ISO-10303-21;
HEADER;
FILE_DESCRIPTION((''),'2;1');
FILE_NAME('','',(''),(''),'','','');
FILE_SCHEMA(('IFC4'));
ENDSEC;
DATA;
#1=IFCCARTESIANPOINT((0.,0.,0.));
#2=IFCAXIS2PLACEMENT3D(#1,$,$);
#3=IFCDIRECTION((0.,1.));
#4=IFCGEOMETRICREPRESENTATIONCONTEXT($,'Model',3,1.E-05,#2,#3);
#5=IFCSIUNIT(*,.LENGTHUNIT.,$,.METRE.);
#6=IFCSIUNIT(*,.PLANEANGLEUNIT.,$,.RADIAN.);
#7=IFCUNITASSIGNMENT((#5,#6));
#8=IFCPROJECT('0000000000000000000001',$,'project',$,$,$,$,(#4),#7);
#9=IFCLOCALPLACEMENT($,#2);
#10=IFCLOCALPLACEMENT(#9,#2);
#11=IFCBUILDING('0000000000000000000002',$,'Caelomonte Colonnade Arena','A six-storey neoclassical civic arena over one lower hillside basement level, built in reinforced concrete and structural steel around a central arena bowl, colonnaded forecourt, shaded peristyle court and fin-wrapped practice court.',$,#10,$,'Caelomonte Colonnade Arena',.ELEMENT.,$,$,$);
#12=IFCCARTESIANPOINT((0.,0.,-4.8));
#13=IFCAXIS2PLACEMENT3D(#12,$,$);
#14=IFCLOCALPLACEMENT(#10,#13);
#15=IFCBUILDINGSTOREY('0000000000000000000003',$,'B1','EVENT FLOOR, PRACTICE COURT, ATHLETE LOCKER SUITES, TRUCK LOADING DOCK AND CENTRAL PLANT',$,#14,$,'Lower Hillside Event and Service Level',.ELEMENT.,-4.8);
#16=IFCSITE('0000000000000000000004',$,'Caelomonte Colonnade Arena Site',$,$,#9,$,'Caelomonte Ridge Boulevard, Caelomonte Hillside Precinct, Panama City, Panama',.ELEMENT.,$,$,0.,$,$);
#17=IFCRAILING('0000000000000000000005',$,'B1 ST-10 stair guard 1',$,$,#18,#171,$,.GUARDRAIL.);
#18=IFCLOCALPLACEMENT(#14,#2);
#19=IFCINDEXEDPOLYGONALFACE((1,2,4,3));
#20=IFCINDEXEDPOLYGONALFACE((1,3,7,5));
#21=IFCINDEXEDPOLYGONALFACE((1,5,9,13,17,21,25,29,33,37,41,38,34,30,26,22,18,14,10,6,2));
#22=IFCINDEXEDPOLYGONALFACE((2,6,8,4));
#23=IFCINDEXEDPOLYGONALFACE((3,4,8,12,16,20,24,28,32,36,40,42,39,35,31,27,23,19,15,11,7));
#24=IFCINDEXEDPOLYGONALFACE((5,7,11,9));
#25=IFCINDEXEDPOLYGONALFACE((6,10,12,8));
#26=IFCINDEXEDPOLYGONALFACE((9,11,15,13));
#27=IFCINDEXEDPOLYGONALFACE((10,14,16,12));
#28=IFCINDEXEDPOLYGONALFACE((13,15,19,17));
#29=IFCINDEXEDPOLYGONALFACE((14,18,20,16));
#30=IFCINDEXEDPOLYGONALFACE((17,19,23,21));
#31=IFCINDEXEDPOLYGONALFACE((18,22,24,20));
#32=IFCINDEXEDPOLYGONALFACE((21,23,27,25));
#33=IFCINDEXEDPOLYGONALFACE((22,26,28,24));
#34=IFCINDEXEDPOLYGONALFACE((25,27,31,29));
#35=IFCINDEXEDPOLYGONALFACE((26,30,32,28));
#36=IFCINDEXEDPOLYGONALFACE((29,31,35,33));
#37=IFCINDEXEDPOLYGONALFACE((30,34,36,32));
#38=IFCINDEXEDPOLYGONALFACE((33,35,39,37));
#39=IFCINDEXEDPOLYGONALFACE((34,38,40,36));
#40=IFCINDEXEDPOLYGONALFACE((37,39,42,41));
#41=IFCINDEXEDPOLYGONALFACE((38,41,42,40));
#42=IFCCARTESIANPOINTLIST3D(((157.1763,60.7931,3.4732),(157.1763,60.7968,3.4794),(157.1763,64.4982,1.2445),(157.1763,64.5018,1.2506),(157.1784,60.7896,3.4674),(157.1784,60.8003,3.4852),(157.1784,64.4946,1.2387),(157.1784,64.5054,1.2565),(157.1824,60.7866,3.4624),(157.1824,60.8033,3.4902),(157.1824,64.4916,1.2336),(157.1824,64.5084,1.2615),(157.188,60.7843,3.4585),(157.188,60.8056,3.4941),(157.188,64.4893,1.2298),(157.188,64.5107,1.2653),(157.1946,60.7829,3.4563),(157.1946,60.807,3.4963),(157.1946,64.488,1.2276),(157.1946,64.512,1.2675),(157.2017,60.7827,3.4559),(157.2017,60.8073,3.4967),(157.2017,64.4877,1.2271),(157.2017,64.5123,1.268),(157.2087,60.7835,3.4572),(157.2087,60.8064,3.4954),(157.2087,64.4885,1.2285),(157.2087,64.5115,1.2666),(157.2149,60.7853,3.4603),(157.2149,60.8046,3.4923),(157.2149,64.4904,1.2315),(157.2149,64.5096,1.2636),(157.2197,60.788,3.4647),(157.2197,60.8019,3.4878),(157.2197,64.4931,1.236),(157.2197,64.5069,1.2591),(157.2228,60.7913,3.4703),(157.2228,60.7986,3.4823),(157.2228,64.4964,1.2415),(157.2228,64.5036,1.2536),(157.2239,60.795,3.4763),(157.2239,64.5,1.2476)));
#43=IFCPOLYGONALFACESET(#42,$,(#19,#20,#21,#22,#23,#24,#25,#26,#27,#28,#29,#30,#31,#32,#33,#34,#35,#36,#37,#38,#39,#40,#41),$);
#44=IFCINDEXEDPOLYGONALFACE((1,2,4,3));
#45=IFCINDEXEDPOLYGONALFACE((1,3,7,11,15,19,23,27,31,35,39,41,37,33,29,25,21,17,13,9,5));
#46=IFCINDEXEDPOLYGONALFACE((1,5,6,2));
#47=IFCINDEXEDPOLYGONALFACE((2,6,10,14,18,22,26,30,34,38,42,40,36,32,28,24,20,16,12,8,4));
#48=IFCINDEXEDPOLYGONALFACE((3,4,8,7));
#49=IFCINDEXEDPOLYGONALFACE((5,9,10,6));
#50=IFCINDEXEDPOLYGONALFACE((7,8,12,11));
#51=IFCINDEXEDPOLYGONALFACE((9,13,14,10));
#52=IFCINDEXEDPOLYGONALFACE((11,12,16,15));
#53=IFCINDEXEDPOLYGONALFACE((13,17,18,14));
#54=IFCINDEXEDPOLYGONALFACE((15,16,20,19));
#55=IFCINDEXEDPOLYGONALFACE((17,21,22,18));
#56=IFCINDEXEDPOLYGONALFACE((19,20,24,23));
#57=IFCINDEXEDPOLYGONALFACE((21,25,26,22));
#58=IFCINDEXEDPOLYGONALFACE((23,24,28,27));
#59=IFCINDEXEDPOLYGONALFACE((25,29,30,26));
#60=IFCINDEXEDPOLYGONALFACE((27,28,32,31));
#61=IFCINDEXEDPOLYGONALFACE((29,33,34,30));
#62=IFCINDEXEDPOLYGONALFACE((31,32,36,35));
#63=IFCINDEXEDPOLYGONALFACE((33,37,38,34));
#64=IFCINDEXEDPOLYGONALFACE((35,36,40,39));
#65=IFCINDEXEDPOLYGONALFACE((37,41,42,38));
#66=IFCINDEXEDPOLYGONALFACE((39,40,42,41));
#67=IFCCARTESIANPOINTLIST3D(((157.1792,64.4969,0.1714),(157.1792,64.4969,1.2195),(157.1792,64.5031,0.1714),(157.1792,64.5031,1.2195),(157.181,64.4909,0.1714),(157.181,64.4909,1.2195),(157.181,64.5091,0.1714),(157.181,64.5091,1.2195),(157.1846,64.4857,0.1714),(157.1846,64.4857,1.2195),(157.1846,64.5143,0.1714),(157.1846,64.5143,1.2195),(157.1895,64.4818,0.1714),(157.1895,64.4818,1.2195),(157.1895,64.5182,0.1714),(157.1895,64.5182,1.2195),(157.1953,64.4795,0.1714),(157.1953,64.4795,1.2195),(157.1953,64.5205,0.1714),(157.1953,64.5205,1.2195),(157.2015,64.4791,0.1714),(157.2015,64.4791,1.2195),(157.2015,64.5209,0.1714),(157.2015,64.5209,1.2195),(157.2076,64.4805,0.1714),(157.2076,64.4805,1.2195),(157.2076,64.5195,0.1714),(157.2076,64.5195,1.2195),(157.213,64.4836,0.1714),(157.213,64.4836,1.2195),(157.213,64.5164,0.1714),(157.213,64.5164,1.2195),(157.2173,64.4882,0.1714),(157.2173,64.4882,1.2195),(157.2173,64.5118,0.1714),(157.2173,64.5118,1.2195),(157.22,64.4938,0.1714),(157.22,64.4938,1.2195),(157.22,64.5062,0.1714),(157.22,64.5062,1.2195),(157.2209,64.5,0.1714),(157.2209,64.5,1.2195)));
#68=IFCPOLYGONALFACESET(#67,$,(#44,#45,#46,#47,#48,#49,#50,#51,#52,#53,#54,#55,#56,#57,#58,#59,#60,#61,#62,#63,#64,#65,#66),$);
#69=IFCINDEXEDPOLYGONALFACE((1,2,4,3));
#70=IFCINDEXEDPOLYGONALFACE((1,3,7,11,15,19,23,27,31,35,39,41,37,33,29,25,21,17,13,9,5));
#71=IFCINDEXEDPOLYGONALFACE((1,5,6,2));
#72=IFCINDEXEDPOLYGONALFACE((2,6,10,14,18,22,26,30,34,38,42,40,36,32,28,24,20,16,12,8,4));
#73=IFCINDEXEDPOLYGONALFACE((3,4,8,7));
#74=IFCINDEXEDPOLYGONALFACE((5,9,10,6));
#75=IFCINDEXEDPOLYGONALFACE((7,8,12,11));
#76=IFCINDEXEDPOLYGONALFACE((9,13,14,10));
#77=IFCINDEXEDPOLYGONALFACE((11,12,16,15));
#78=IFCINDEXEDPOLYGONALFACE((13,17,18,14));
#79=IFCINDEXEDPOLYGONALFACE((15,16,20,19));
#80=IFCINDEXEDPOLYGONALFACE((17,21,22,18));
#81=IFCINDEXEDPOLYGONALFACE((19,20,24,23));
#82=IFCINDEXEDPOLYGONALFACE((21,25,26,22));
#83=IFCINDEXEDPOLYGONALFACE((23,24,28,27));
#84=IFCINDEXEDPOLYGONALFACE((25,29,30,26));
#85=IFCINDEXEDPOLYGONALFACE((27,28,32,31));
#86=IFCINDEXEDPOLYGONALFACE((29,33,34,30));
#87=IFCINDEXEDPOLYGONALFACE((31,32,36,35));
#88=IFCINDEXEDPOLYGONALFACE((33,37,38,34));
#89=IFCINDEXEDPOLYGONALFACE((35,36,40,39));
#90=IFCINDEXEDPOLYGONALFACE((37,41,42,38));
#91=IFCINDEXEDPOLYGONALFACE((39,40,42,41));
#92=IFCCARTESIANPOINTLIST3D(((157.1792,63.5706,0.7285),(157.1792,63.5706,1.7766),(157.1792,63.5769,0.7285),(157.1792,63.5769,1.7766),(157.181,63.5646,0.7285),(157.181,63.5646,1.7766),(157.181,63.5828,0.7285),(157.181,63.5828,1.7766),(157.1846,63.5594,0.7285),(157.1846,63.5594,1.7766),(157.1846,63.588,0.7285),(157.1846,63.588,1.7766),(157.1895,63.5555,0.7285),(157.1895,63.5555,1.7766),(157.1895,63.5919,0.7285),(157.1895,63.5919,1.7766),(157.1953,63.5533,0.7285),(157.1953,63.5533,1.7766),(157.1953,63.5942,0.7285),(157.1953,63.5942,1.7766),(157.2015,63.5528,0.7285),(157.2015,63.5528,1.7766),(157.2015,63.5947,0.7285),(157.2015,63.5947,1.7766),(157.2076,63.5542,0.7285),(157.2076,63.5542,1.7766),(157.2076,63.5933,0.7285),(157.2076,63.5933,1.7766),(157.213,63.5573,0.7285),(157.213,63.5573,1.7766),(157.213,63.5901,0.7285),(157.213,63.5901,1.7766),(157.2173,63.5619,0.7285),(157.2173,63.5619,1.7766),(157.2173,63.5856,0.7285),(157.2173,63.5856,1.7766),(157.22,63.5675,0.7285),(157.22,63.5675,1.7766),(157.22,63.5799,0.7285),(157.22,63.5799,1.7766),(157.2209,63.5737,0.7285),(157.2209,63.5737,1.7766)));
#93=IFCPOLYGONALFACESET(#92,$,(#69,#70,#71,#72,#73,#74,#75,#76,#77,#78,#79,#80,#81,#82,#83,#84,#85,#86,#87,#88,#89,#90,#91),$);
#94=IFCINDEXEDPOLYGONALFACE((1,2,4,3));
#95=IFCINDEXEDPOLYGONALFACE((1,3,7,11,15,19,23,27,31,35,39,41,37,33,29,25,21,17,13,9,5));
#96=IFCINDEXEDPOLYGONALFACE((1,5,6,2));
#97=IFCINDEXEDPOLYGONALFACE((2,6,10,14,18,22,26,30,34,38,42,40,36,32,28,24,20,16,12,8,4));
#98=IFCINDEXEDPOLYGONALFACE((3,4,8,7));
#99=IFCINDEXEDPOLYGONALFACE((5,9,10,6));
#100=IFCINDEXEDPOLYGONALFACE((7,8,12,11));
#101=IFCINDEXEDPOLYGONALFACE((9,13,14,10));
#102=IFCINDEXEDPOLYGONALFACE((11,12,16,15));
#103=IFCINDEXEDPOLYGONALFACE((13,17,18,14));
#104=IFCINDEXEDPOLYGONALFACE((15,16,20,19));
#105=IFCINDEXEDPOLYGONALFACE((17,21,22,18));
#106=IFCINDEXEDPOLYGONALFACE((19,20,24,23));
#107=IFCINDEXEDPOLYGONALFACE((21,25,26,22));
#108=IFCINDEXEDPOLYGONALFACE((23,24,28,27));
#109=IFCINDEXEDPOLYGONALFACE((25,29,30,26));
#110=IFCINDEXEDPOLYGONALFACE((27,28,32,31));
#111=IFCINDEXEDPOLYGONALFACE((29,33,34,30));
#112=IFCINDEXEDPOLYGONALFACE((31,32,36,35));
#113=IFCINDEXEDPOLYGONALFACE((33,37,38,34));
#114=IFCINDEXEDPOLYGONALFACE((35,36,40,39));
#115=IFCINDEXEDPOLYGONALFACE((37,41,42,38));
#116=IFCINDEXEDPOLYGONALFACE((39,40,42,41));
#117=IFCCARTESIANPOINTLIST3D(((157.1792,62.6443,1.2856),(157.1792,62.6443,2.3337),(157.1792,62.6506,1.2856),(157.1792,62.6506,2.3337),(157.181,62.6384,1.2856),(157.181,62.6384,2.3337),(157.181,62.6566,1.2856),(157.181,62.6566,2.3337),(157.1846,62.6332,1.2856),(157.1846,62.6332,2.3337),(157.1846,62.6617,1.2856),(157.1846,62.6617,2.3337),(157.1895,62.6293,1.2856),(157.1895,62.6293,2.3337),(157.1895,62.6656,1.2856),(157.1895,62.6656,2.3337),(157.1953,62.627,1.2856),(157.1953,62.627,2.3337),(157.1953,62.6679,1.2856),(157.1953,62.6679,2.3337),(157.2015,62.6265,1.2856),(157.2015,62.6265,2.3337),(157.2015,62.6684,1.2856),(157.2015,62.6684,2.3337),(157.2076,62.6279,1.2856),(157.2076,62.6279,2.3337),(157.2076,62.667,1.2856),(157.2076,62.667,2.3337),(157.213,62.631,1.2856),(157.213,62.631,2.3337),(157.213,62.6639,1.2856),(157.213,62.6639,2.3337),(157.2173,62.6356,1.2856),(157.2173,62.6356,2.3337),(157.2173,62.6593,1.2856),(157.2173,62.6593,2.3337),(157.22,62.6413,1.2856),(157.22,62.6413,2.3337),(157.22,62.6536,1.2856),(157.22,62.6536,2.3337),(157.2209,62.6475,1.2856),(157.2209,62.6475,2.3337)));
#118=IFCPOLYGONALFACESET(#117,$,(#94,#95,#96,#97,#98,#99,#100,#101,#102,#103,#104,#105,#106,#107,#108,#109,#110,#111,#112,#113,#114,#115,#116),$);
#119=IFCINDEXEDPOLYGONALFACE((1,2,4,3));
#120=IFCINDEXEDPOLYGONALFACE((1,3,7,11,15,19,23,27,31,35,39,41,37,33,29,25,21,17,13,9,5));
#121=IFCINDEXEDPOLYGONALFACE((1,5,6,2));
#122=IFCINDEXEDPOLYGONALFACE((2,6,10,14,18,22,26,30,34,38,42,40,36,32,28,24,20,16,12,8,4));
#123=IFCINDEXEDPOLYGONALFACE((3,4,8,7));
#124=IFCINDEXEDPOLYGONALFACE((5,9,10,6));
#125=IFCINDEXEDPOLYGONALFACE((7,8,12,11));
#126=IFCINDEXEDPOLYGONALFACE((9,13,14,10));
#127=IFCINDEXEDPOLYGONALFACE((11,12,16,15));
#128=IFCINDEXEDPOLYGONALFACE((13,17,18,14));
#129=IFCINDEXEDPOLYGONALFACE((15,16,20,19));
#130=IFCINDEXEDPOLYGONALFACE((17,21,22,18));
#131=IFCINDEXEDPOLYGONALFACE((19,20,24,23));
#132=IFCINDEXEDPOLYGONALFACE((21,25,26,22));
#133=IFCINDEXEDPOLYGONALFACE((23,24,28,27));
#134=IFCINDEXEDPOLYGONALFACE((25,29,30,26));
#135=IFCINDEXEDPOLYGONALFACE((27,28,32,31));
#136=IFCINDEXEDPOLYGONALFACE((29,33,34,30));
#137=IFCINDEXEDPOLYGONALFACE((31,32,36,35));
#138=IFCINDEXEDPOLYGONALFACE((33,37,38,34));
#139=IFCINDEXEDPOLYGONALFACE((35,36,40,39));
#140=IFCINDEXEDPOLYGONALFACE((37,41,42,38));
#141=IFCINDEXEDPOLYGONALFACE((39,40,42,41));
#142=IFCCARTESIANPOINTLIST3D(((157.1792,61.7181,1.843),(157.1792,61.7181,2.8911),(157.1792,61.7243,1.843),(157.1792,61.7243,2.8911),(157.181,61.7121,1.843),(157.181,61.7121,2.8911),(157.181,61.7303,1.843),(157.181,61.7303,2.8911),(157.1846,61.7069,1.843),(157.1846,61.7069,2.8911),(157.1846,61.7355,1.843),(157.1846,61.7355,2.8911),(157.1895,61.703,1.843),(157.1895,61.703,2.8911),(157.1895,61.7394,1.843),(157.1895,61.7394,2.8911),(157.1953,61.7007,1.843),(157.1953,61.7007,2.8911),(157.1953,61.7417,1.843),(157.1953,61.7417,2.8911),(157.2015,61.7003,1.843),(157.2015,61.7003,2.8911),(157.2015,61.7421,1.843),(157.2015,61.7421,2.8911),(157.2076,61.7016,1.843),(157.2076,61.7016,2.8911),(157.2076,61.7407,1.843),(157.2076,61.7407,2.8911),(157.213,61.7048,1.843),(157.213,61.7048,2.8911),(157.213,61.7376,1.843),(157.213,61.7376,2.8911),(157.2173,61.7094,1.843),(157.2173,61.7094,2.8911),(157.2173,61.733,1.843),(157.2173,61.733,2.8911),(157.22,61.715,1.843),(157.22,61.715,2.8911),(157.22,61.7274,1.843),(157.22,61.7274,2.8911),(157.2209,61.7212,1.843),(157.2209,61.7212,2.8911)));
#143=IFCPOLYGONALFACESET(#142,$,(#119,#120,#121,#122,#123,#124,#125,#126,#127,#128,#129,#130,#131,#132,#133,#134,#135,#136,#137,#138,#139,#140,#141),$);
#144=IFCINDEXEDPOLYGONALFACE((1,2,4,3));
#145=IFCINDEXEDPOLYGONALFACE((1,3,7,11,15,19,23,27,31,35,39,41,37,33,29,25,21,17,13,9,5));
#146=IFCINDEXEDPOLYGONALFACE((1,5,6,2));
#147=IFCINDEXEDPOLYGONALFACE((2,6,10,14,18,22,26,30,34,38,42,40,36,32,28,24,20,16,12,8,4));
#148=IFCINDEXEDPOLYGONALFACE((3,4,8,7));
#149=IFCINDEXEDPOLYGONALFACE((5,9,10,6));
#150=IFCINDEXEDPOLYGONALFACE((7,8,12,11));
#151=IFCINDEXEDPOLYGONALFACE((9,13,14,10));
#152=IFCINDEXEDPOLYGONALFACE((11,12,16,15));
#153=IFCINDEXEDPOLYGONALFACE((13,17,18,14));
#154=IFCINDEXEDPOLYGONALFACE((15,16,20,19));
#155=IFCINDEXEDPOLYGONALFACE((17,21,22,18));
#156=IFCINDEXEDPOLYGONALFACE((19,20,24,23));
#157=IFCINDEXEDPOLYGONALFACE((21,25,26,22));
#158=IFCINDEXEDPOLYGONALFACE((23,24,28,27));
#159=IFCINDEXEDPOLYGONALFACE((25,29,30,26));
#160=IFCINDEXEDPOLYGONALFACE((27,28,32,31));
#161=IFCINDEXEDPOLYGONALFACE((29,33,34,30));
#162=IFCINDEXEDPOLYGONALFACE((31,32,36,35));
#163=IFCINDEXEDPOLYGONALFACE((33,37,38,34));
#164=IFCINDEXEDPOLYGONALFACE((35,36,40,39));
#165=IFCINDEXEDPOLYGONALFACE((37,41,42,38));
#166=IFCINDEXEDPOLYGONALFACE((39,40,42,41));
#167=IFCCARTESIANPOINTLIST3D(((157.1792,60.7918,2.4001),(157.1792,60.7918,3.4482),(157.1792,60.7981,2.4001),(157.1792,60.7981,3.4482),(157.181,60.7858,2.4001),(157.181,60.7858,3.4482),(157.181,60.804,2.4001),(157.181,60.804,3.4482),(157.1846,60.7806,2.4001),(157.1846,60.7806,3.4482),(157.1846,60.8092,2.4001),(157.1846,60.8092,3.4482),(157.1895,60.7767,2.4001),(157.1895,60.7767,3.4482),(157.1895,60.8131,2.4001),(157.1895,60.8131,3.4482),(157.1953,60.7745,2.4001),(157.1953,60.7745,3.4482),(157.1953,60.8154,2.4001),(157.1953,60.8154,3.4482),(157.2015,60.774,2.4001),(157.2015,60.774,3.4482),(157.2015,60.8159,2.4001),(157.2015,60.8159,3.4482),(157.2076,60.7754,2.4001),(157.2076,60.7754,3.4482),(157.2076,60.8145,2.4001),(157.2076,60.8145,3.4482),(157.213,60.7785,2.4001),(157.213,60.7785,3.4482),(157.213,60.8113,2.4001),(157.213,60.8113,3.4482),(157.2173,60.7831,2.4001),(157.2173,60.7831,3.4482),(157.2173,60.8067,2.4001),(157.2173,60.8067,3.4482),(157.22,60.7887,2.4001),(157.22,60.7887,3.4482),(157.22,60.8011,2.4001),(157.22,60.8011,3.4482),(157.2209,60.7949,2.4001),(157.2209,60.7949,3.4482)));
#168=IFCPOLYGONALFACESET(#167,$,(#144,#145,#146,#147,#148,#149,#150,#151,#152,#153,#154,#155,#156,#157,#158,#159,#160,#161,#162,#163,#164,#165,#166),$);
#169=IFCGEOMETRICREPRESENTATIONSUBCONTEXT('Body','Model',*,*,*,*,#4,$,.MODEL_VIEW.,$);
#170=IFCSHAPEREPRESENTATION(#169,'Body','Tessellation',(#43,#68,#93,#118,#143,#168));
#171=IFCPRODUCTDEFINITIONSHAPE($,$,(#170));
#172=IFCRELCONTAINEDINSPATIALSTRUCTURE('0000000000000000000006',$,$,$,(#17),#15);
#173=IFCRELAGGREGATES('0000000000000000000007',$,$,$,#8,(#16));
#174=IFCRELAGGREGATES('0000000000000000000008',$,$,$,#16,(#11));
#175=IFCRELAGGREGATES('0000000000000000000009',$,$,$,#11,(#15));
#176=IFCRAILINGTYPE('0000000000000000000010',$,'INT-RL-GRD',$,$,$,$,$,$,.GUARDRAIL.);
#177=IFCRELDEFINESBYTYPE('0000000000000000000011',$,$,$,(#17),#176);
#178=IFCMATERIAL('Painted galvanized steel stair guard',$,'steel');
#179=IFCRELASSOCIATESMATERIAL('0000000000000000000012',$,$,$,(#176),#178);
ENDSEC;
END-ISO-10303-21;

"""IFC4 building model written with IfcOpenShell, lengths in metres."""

from ifc_helpers import new_model, si_unit, direction, frame, origin, origin_2d, place, context, subcontext, project, spatial, circle, extrude, material, type_object, element, save


model = new_model("IFC4")

# Units and contexts
model_context = context("Model", 3, precision=1e-05, world=origin(), true_north=direction((0.0, 1.0)))
body_context = subcontext(model_context, "Body", "Model", "MODEL_VIEW")
ifc_project = project(units=[si_unit("LENGTHUNIT", "METRE"), si_unit("PLANEANGLEUNIT", "RADIAN")], contexts=[model_context])

# Site, building, storey
site_placement = place(None, origin())
site = spatial("IfcSite", under=ifc_project, at=site_placement, Name="Caelomonte Colonnade Arena Site", LongName="Caelomonte Ridge Boulevard, Caelomonte Hillside Precinct, Panama City, Panama", CompositionType="ELEMENT", RefElevation=0.0)
building_placement = place(site_placement, origin())
building = spatial("IfcBuilding", under=site, at=building_placement, Name="Caelomonte Colonnade Arena", Description="A six-storey neoclassical civic arena over one lower hillside basement level, built in reinforced concrete and structural steel around a central arena bowl, colonnaded forecourt, shaded peristyle court and fin-wrapped practice court.", LongName="Caelomonte Colonnade Arena", CompositionType="ELEMENT")
storey_placement = place(building_placement, frame((0.0, 0.0, -4.8)))
storey = spatial("IfcBuildingStorey", under=building, at=storey_placement, Name="B1", Description="EVENT FLOOR, PRACTICE COURT, ATHLETE LOCKER SUITES, TRUCK LOADING DOCK AND CENTRAL PLANT", LongName="Lower Hillside Event and Service Level", CompositionType="ELEMENT", Elevation=-4.8)

# Railing
ifc_material_1 = material(Name="Painted galvanized steel stair guard", Category="steel")
railing_type_1 = type_object("IfcRailingType", Name="INT-RL-GRD", PredefinedType="GUARDRAIL", material=ifc_material_1)
railing_1_placement = place(storey_placement, frame((157.2, 64.5, 0.1714)))
element("IfcRailing", 1, at=railing_1_placement, inside=storey, type_object=railing_type_1, Name="B1 ST-10 stair guard 1", PredefinedType="GUARDRAIL", context=body_context, shape_type="SweptSolid", body=[
    extrude(circle(Radius=0.0239, at=origin_2d()), frame((0.0, 0.0, 1.0762), z_axis=(0.0, -0.856909, 0.515467), x_axis=(1.0, 0.0, 0.0)), (0.0, 0.0, 1.0), 4.3237),
    extrude(circle(Radius=0.021, at=origin_2d()), origin(), (0.0, 0.0, 1.0), 1.0481),
    extrude(circle(Radius=0.021, at=origin_2d()), frame((0.0, -0.9263, 0.5571)), (0.0, 0.0, 1.0), 1.0481),
    extrude(circle(Radius=0.021, at=origin_2d()), frame((0.0, -1.8525, 1.1143)), (0.0, 0.0, 1.0), 1.0481),
    extrude(circle(Radius=0.021, at=origin_2d()), frame((0.0, -2.7788, 1.6716)), (0.0, 0.0, 1.0), 1.0481),
    extrude(circle(Radius=0.021, at=origin_2d()), frame((0.0, -3.7051, 2.2288)), (0.0, 0.0, 1.0), 1.0481),
])

save(model, "model.ifc")
